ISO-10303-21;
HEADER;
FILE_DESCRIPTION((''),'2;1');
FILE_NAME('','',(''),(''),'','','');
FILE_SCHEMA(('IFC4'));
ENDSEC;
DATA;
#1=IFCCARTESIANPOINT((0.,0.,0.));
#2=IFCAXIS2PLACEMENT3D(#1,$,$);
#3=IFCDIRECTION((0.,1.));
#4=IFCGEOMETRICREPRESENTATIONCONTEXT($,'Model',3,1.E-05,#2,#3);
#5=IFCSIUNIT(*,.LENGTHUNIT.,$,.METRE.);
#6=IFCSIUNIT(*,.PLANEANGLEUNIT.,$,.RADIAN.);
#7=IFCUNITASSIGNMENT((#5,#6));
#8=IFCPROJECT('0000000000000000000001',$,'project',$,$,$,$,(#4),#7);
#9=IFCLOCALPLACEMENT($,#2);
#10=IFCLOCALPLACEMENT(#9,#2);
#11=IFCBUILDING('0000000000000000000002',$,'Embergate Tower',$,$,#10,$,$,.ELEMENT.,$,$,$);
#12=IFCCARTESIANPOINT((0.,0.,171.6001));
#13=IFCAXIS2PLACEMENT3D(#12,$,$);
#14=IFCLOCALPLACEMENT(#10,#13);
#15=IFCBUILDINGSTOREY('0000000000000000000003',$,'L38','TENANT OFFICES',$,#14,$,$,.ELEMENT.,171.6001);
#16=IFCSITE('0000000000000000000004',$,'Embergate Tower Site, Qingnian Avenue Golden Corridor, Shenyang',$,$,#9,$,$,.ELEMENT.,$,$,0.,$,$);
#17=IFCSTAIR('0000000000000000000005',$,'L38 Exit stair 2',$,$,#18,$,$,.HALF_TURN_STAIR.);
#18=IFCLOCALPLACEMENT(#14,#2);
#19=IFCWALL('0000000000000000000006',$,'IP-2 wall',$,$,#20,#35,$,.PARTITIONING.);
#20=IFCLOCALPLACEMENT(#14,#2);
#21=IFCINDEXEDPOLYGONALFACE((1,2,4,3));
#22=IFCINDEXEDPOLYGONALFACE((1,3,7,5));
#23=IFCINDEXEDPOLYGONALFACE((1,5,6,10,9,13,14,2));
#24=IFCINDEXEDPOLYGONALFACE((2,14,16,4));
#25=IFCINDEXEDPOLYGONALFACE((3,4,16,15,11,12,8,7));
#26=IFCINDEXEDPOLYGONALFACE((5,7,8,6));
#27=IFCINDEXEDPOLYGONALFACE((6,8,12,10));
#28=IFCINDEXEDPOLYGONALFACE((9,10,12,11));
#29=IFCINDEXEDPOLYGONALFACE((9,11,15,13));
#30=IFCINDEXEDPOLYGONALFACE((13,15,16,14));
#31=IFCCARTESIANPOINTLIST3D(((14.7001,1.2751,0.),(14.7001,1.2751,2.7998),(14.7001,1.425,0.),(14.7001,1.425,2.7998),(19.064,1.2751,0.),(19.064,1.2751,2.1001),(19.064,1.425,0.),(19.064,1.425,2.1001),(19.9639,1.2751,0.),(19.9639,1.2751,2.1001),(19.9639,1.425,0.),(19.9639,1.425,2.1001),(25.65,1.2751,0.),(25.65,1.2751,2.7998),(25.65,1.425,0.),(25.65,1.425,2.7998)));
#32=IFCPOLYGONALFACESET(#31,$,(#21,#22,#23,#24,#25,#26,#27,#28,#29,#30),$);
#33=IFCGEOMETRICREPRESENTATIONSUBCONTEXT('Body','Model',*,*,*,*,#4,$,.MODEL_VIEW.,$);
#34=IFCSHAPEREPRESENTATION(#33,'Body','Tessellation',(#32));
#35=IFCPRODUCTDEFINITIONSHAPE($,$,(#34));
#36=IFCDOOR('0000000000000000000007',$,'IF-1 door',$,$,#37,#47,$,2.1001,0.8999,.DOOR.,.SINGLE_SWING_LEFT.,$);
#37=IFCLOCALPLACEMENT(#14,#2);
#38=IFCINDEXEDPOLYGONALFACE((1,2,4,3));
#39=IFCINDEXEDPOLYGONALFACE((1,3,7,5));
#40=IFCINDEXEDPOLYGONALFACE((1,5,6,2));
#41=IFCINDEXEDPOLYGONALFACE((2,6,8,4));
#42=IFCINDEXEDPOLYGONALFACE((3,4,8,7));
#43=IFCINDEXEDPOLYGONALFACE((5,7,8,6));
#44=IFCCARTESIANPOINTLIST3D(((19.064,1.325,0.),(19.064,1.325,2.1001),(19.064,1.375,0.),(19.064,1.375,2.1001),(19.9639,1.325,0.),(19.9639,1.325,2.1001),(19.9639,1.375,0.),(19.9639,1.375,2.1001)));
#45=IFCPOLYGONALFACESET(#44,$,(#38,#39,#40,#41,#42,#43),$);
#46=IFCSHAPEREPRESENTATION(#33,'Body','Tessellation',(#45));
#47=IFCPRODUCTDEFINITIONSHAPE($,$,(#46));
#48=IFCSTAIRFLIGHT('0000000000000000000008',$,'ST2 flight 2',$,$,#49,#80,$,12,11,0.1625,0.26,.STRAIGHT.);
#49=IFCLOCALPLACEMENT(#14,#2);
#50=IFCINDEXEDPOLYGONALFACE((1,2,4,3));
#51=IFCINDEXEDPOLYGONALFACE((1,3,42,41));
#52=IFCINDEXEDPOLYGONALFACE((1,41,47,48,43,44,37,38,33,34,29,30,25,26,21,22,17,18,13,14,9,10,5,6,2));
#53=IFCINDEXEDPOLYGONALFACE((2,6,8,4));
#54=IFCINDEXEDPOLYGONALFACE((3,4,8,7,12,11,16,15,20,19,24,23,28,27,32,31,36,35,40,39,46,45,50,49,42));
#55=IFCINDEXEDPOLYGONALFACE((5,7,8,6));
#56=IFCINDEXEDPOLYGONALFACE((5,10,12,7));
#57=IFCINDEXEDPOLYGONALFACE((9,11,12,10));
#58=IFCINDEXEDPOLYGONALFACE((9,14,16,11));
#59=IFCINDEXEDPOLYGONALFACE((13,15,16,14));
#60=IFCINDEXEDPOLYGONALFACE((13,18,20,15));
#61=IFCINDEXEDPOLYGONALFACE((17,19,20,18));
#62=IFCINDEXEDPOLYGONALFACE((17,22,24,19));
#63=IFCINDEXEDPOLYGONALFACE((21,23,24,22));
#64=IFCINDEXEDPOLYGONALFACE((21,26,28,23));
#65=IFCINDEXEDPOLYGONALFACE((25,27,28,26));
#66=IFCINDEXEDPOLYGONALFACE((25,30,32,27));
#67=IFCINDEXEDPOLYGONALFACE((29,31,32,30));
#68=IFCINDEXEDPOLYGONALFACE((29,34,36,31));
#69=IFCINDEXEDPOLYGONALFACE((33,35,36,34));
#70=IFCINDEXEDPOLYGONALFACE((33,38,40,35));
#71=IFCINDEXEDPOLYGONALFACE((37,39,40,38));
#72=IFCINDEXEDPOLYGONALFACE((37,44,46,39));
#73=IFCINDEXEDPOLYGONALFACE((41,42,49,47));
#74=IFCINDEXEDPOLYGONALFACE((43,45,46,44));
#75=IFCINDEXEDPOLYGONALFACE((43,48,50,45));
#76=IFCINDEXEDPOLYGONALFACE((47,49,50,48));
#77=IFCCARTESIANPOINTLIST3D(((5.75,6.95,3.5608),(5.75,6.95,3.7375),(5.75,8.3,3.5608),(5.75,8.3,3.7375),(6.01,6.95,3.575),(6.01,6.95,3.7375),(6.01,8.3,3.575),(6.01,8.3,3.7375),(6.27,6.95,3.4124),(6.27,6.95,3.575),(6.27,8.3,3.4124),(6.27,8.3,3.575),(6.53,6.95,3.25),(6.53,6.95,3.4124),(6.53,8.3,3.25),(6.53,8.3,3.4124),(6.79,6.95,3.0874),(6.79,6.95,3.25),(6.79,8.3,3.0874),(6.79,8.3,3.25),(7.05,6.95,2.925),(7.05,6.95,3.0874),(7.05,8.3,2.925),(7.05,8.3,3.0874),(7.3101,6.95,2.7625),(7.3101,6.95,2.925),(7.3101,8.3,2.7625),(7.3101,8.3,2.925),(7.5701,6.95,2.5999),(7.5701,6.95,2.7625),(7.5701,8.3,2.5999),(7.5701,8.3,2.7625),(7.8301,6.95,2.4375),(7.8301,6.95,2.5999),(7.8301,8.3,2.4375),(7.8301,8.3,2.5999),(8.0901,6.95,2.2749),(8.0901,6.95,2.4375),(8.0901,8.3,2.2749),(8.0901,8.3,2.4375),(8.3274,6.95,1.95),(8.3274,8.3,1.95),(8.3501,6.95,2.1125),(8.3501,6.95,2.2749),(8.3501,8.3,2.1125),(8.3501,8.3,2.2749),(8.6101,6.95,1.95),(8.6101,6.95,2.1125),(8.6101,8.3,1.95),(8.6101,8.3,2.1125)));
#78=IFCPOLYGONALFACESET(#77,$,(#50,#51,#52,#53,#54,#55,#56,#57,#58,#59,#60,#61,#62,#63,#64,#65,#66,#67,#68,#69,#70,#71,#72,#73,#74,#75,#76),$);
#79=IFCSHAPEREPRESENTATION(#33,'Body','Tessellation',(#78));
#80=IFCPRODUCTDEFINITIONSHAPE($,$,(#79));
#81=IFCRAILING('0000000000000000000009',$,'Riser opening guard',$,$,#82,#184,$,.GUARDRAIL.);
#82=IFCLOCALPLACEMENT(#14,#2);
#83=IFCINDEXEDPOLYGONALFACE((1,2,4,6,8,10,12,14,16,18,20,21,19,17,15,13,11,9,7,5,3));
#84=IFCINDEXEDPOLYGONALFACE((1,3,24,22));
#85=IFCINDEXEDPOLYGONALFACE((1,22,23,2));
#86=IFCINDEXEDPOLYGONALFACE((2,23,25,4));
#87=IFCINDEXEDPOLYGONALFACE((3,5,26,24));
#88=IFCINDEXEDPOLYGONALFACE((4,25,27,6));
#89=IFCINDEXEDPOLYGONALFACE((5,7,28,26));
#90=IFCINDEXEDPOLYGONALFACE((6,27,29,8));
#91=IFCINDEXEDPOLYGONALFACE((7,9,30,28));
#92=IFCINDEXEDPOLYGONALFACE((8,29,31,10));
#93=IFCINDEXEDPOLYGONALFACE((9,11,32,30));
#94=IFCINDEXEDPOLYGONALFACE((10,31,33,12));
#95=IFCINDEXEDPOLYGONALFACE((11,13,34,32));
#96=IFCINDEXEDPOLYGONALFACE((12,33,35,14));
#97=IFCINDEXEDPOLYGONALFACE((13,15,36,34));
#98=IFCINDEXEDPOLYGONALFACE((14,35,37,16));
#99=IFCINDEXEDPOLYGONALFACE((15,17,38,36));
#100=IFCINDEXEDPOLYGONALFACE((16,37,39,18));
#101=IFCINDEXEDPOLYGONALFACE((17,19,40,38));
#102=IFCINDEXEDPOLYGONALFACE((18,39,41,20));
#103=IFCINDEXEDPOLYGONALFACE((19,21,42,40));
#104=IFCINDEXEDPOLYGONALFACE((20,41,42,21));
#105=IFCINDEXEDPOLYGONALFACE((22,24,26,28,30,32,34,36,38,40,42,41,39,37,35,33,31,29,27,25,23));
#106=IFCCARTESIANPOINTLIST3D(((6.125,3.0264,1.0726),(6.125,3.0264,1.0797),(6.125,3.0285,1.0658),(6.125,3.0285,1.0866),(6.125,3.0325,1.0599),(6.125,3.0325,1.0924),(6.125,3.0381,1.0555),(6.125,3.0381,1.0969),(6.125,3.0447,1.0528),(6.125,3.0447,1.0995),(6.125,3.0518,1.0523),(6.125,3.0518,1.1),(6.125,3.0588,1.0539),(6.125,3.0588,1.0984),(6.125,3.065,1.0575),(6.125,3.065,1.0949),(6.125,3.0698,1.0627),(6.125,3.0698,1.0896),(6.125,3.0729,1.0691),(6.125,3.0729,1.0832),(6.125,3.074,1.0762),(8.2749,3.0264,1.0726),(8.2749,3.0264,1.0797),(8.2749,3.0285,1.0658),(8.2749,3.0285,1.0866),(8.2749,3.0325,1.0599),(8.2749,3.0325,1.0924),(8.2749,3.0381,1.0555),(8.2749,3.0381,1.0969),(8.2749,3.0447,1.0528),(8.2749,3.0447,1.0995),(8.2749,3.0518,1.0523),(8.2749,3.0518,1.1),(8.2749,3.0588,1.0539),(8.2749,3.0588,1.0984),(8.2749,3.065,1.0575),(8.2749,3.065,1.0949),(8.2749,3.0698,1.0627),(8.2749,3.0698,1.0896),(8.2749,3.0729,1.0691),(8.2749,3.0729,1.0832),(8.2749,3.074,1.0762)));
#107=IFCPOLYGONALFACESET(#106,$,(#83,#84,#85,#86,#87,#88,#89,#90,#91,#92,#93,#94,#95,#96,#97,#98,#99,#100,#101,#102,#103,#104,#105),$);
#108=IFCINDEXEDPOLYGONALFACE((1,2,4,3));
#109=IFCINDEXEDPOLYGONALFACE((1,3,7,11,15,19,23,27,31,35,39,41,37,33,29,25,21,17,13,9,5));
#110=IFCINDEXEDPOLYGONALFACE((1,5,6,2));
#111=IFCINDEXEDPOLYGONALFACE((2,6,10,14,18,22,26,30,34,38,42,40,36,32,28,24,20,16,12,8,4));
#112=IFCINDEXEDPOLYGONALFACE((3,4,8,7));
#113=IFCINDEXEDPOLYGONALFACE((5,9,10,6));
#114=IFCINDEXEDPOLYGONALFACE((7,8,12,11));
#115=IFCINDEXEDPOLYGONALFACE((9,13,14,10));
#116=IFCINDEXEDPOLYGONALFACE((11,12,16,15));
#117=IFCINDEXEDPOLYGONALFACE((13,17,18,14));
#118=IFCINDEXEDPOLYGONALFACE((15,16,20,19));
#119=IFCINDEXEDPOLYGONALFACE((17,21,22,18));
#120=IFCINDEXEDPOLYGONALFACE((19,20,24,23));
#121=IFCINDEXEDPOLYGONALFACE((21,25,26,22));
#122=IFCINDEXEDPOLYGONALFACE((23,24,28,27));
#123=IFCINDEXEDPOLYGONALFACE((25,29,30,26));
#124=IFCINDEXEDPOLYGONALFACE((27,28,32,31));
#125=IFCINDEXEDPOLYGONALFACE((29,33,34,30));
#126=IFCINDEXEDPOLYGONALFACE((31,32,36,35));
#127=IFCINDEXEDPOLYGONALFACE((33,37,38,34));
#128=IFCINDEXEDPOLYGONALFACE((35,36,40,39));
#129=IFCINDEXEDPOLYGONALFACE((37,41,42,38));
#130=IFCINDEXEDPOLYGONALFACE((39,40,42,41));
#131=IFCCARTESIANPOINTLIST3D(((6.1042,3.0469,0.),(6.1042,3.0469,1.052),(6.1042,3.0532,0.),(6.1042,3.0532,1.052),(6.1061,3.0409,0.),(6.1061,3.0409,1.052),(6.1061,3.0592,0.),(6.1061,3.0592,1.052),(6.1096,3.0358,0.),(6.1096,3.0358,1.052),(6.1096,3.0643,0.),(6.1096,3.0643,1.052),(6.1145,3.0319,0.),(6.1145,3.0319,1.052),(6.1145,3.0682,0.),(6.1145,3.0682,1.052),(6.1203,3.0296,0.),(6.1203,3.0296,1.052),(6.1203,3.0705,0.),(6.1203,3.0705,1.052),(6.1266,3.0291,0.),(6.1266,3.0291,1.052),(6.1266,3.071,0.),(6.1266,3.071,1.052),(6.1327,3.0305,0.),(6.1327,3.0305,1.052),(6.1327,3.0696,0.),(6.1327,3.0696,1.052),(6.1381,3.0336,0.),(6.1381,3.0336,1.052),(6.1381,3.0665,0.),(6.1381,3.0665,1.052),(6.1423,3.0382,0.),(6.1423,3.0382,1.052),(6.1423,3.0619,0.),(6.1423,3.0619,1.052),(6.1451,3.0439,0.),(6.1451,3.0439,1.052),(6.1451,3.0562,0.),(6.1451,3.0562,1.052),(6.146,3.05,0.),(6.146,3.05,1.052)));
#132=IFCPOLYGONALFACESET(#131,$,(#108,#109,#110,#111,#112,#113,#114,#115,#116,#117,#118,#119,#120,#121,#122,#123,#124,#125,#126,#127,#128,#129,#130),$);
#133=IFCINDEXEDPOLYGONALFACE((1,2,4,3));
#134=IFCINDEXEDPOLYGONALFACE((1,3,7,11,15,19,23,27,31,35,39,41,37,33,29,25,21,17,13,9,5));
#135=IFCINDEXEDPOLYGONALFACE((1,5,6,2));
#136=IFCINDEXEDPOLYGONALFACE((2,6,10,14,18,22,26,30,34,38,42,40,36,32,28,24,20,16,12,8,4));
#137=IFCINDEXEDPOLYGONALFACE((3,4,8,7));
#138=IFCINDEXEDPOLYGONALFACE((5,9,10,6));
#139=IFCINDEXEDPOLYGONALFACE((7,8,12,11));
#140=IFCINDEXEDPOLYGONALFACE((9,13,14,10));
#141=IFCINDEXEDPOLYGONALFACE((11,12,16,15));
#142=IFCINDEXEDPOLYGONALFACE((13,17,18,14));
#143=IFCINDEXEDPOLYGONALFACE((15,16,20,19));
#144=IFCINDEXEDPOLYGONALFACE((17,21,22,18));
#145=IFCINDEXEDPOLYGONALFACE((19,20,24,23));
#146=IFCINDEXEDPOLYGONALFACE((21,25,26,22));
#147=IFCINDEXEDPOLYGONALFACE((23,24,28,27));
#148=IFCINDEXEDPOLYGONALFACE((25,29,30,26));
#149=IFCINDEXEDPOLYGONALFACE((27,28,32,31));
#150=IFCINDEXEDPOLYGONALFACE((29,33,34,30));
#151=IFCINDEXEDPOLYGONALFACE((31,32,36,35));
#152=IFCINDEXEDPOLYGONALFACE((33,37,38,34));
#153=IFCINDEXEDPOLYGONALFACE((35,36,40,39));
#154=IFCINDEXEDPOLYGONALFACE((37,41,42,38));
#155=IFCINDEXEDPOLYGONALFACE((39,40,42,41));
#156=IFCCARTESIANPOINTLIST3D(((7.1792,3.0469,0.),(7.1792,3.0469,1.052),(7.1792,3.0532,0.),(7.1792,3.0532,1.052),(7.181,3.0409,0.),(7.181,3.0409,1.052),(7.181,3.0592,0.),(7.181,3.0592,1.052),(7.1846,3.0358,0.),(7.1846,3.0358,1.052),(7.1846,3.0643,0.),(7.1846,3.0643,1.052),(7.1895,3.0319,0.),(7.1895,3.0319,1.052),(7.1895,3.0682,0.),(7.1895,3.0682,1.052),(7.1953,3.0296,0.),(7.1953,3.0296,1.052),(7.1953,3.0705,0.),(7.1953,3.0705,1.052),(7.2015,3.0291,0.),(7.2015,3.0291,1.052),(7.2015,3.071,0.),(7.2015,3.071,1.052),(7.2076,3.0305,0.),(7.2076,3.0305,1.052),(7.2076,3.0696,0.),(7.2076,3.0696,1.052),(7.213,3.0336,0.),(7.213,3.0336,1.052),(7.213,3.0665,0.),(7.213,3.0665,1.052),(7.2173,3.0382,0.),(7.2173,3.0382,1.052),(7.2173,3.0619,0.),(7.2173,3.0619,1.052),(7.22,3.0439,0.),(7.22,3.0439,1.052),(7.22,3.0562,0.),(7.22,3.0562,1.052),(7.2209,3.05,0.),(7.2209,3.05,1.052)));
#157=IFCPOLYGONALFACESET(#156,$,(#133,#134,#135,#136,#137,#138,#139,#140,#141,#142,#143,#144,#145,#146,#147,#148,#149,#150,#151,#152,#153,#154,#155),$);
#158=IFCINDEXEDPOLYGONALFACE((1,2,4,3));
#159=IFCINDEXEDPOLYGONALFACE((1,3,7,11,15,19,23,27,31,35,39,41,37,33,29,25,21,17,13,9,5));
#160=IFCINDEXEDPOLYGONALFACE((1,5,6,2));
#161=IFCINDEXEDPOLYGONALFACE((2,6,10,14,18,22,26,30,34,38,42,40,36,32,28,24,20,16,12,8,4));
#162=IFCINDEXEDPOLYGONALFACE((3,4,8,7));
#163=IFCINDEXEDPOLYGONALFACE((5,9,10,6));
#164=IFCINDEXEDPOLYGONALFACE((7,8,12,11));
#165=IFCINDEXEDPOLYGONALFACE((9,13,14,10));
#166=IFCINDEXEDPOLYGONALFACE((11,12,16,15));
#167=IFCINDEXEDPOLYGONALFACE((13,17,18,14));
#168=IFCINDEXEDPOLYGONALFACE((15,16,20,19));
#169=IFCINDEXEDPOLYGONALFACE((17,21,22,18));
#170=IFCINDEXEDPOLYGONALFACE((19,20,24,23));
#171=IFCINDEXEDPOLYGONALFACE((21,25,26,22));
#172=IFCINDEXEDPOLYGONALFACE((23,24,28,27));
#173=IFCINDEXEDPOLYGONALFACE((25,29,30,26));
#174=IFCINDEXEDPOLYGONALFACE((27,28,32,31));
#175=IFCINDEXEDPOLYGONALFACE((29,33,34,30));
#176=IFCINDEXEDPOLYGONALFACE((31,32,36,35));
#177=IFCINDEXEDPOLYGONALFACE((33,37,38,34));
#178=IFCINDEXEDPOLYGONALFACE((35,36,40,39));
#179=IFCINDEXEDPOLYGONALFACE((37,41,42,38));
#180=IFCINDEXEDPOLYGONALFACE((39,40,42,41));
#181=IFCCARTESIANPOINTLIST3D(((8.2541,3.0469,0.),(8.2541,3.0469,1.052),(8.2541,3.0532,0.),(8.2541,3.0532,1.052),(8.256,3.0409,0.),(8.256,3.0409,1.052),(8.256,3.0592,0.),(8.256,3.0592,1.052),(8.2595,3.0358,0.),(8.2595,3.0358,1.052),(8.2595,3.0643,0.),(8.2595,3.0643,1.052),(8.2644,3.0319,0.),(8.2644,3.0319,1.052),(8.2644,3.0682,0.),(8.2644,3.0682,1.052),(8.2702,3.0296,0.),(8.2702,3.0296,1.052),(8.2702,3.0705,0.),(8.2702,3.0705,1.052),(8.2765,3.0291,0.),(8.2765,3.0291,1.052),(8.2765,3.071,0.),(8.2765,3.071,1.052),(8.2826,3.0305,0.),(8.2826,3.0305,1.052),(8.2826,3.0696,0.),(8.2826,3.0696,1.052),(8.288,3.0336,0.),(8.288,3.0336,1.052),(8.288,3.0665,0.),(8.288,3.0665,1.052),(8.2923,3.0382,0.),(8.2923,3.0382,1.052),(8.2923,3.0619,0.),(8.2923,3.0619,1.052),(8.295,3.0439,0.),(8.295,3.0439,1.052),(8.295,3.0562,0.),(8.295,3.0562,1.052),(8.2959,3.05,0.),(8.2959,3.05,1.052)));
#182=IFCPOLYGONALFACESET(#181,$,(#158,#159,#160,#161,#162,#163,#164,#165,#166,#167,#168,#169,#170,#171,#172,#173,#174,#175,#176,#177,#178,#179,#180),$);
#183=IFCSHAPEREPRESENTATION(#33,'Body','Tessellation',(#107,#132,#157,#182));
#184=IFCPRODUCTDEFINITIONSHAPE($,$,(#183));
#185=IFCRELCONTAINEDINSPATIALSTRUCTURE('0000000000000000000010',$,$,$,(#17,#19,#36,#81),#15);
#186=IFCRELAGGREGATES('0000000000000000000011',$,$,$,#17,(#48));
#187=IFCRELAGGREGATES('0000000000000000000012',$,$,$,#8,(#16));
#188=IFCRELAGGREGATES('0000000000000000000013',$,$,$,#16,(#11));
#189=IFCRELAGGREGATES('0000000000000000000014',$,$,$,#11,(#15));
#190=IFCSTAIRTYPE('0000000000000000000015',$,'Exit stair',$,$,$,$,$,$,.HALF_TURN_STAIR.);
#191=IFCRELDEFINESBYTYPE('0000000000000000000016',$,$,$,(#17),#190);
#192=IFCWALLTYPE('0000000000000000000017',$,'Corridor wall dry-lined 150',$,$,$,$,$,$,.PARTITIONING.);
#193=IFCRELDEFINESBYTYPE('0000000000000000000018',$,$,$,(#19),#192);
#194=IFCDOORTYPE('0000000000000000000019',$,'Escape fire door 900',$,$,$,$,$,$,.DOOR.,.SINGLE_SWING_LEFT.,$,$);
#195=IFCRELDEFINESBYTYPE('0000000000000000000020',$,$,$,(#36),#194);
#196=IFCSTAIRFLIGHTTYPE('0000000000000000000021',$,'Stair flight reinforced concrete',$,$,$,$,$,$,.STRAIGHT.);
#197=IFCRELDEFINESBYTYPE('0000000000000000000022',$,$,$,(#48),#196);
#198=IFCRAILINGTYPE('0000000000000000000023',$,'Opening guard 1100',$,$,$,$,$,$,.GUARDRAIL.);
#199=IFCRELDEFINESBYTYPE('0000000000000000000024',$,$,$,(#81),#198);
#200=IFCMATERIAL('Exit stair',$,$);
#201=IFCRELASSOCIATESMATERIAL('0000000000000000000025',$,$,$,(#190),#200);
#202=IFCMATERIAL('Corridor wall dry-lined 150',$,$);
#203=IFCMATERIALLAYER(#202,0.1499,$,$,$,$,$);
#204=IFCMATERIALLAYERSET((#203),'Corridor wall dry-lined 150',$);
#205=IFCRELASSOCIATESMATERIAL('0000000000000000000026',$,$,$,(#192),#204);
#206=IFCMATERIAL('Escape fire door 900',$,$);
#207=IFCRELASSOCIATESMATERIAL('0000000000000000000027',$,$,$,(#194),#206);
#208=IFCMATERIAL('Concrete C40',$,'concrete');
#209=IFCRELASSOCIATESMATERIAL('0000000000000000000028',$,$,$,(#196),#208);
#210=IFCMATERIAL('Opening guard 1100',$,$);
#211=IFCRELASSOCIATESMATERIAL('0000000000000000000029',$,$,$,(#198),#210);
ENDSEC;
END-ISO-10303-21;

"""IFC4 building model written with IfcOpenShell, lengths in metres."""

from ifc_helpers import new_model, si_unit, direction, frame, frame_2d, origin, origin_2d, place, context, subcontext, project, spatial, polyline, rectangle, circle, outline, extrude, source, transform, mapped, material, layer, layer_set, type_object, element, fill, aggregate, save


model = new_model("IFC4")

# Units and contexts
model_context = context("Model", 3, precision=1e-05, world=origin(), true_north=direction((0.0, 1.0)))
body_context = subcontext(model_context, "Body", "Model", "MODEL_VIEW")
ifc_project = project(units=[si_unit("LENGTHUNIT", "METRE"), si_unit("PLANEANGLEUNIT", "RADIAN")], contexts=[model_context])

# Site, building, storey
site_placement = place(None, origin())
site = spatial("IfcSite", under=ifc_project, at=site_placement, Name="Embergate Tower Site, Qingnian Avenue Golden Corridor, Shenyang", CompositionType="ELEMENT", RefElevation=0.0)
building_placement = place(site_placement, origin())
building = spatial("IfcBuilding", under=site, at=building_placement, Name="Embergate Tower", CompositionType="ELEMENT")
storey_placement = place(building_placement, frame((0.0, 0.0, 171.6001)))
storey = spatial("IfcBuildingStorey", under=building, at=storey_placement, Name="L38", Description="TENANT OFFICES", CompositionType="ELEMENT", Elevation=171.6001)

# Stair
ifc_material_1 = material(Name="Exit stair")
stair_type = type_object("IfcStairType", Name="Exit stair", PredefinedType="HALF_TURN_STAIR", material=ifc_material_1)
stair_placement = place(storey_placement, origin())
stair = element("IfcStair", 1, at=stair_placement, inside=storey, type_object=stair_type, Name="L38 Exit stair 2", PredefinedType="HALF_TURN_STAIR")
ifc_material_2 = material(Name="Concrete C40", Category="concrete")

# Wall, opening, door
ifc_material_3 = material(Name="Corridor wall dry-lined 150")
ifc_layer_1 = layer(ifc_material_3, 0.1499)
ifc_layer_set_1 = layer_set([ifc_layer_1], Name="Corridor wall dry-lined 150")
wall_type_1 = type_object("IfcWallType", Name="Corridor wall dry-lined 150", PredefinedType="PARTITIONING", material=ifc_layer_set_1)
shared_shape_1 = source(origin(), body_context, "Body", "SweptSolid", [
    extrude(rectangle(XDim=10.95, YDim=0.1499, at=frame_2d((5.4751, 0.0))), origin(), (0.0, 0.0, 1.0), 2.7998),
])
wall_1_placement = place(storey_placement, frame((14.7, 1.3501, 0.0), z_axis=(0.0, 0.0, 1.0), x_axis=(1.0, 0.0, 0.0)))
wall_1 = element("IfcWall", 2, at=wall_1_placement, inside=storey, type_object=wall_type_1, Name="IP-2 wall", PredefinedType="PARTITIONING", context=body_context, shape_type="MappedRepresentation", body=[
    mapped(shared_shape_1, transform((0.0, 0.0, 0.0))),
])
shared_shape_2 = source(origin(), body_context, "Body", "SweptSolid", [
    extrude(rectangle(XDim=0.8999, YDim=2.1001, at=frame_2d((0.45, 1.05))), frame((0.0, 0.085, 0.0), z_axis=(0.0, -1.0, 0.0), x_axis=(1.0, 0.0, 0.0)), (0.0, 0.0, 1.0), 0.1699),
])
opening_1_placement = place(wall_1_placement, frame((4.364, 0.0, 0.0)))
opening_1 = element("IfcOpeningElement", 3, at=opening_1_placement, cuts=wall_1, PredefinedType="OPENING", context=body_context, shape_type="MappedRepresentation", body=[
    mapped(shared_shape_2, transform((0.0, 0.0, 0.0))),
])
ifc_material_4 = material(Name="Escape fire door 900")
door_type_1 = type_object("IfcDoorType", Name="Escape fire door 900", OperationType="SINGLE_SWING_LEFT", PredefinedType="DOOR", material=ifc_material_4)
shared_shape_3 = source(origin(), body_context, "Body", "SweptSolid", [
    extrude(rectangle(XDim=0.8999, YDim=2.1001, at=frame_2d((0.45, 1.05))), frame((0.0, 0.0249, 0.0), z_axis=(0.0, -1.0, 0.0), x_axis=(1.0, 0.0, 0.0)), (0.0, 0.0, 1.0), 0.05),
])
door_1_placement = place(opening_1_placement, origin())
door_1 = element("IfcDoor", 4, at=door_1_placement, inside=storey, type_object=door_type_1, Name="IF-1 door", OperationType="SINGLE_SWING_LEFT", OverallHeight=2.1001, OverallWidth=0.8999, PredefinedType="DOOR", context=body_context, shape_type="MappedRepresentation", body=[
    mapped(shared_shape_3, transform((0.0, 0.0, 0.0))),
])
fill(opening_1, door_1)

# Stair flight
stair_flight_type = type_object("IfcStairFlightType", Name="Stair flight reinforced concrete", PredefinedType="STRAIGHT", material=ifc_material_2)
shared_shape_4 = source(origin(), body_context, "Body", "SweptSolid", [
    extrude(outline(polyline([(0.0, 0.0), (0.0, 0.1626), (0.26, 0.1626), (0.26, 0.325), (0.52, 0.325), (0.52, 0.4875), (0.78, 0.4875), (0.78, 0.6499), (1.04, 0.6499), (1.04, 0.8125), (1.3, 0.8125), (1.3, 0.9751), (1.5601, 0.9751), (1.5601, 1.1375), (1.8201, 1.1375), (1.8201, 1.3), (2.0801, 1.3), (2.0801, 1.4624), (2.3401, 1.4624), (2.3401, 1.625), (2.6001, 1.625), (2.6001, 1.7876), (2.8601, 1.7876), (2.8601, 1.95), (2.8601, 1.6108), (0.2827, 0.0), (0.0, 0.0)])), frame((0.0, 0.675, 0.0), z_axis=(0.0, -1.0, 0.0), x_axis=(1.0, 0.0, 0.0)), (0.0, 0.0, 1.0), 1.3501),
])
stair_flight_placement = place(storey_placement, frame((8.6101, 7.625, 1.95), z_axis=(0.0, 0.0, 1.0), x_axis=(-1.0, 0.0, 0.0)))
stair_flight = element("IfcStairFlight", 5, at=stair_flight_placement, type_object=stair_flight_type, Name="ST2 flight 2", NumberOfRisers=12, NumberOfTreads=11, PredefinedType="STRAIGHT", RiserHeight=0.1625, TreadLength=0.26, context=body_context, shape_type="MappedRepresentation", body=[
    mapped(shared_shape_4, transform((0.0, 0.0, 0.0))),
])
aggregate(stair, [stair_flight])

# Railing
ifc_material_5 = material(Name="Opening guard 1100")
railing_type = type_object("IfcRailingType", Name="Opening guard 1100", PredefinedType="GUARDRAIL", material=ifc_material_5)
shared_shape_5 = source(origin(), body_context, "Body", "SweptSolid", [
    extrude(circle(Radius=0.0239, at=origin_2d()), frame((0.0, 0.0, 1.0762), z_axis=(1.0, 0.0, 0.0), x_axis=(0.0, 1.0, 0.0)), (0.0, 0.0, 1.0), 2.1499),
    extrude(circle(Radius=0.021, at=origin_2d()), origin(), (0.0, 0.0, 1.0), 1.052),
    extrude(circle(Radius=0.021, at=origin_2d()), frame((1.075, 0.0, 0.0)), (0.0, 0.0, 1.0), 1.052),
    extrude(circle(Radius=0.021, at=origin_2d()), frame((2.1499, 0.0, 0.0)), (0.0, 0.0, 1.0), 1.052),
])
railing_placement = place(storey_placement, frame((6.125, 3.05, 0.0)))
element("IfcRailing", 6, at=railing_placement, inside=storey, type_object=railing_type, Name="Riser opening guard", PredefinedType="GUARDRAIL", context=body_context, shape_type="MappedRepresentation", body=[
    mapped(shared_shape_5, transform((0.0, 0.0, 0.0))),
])

save(model, "model.ifc")
